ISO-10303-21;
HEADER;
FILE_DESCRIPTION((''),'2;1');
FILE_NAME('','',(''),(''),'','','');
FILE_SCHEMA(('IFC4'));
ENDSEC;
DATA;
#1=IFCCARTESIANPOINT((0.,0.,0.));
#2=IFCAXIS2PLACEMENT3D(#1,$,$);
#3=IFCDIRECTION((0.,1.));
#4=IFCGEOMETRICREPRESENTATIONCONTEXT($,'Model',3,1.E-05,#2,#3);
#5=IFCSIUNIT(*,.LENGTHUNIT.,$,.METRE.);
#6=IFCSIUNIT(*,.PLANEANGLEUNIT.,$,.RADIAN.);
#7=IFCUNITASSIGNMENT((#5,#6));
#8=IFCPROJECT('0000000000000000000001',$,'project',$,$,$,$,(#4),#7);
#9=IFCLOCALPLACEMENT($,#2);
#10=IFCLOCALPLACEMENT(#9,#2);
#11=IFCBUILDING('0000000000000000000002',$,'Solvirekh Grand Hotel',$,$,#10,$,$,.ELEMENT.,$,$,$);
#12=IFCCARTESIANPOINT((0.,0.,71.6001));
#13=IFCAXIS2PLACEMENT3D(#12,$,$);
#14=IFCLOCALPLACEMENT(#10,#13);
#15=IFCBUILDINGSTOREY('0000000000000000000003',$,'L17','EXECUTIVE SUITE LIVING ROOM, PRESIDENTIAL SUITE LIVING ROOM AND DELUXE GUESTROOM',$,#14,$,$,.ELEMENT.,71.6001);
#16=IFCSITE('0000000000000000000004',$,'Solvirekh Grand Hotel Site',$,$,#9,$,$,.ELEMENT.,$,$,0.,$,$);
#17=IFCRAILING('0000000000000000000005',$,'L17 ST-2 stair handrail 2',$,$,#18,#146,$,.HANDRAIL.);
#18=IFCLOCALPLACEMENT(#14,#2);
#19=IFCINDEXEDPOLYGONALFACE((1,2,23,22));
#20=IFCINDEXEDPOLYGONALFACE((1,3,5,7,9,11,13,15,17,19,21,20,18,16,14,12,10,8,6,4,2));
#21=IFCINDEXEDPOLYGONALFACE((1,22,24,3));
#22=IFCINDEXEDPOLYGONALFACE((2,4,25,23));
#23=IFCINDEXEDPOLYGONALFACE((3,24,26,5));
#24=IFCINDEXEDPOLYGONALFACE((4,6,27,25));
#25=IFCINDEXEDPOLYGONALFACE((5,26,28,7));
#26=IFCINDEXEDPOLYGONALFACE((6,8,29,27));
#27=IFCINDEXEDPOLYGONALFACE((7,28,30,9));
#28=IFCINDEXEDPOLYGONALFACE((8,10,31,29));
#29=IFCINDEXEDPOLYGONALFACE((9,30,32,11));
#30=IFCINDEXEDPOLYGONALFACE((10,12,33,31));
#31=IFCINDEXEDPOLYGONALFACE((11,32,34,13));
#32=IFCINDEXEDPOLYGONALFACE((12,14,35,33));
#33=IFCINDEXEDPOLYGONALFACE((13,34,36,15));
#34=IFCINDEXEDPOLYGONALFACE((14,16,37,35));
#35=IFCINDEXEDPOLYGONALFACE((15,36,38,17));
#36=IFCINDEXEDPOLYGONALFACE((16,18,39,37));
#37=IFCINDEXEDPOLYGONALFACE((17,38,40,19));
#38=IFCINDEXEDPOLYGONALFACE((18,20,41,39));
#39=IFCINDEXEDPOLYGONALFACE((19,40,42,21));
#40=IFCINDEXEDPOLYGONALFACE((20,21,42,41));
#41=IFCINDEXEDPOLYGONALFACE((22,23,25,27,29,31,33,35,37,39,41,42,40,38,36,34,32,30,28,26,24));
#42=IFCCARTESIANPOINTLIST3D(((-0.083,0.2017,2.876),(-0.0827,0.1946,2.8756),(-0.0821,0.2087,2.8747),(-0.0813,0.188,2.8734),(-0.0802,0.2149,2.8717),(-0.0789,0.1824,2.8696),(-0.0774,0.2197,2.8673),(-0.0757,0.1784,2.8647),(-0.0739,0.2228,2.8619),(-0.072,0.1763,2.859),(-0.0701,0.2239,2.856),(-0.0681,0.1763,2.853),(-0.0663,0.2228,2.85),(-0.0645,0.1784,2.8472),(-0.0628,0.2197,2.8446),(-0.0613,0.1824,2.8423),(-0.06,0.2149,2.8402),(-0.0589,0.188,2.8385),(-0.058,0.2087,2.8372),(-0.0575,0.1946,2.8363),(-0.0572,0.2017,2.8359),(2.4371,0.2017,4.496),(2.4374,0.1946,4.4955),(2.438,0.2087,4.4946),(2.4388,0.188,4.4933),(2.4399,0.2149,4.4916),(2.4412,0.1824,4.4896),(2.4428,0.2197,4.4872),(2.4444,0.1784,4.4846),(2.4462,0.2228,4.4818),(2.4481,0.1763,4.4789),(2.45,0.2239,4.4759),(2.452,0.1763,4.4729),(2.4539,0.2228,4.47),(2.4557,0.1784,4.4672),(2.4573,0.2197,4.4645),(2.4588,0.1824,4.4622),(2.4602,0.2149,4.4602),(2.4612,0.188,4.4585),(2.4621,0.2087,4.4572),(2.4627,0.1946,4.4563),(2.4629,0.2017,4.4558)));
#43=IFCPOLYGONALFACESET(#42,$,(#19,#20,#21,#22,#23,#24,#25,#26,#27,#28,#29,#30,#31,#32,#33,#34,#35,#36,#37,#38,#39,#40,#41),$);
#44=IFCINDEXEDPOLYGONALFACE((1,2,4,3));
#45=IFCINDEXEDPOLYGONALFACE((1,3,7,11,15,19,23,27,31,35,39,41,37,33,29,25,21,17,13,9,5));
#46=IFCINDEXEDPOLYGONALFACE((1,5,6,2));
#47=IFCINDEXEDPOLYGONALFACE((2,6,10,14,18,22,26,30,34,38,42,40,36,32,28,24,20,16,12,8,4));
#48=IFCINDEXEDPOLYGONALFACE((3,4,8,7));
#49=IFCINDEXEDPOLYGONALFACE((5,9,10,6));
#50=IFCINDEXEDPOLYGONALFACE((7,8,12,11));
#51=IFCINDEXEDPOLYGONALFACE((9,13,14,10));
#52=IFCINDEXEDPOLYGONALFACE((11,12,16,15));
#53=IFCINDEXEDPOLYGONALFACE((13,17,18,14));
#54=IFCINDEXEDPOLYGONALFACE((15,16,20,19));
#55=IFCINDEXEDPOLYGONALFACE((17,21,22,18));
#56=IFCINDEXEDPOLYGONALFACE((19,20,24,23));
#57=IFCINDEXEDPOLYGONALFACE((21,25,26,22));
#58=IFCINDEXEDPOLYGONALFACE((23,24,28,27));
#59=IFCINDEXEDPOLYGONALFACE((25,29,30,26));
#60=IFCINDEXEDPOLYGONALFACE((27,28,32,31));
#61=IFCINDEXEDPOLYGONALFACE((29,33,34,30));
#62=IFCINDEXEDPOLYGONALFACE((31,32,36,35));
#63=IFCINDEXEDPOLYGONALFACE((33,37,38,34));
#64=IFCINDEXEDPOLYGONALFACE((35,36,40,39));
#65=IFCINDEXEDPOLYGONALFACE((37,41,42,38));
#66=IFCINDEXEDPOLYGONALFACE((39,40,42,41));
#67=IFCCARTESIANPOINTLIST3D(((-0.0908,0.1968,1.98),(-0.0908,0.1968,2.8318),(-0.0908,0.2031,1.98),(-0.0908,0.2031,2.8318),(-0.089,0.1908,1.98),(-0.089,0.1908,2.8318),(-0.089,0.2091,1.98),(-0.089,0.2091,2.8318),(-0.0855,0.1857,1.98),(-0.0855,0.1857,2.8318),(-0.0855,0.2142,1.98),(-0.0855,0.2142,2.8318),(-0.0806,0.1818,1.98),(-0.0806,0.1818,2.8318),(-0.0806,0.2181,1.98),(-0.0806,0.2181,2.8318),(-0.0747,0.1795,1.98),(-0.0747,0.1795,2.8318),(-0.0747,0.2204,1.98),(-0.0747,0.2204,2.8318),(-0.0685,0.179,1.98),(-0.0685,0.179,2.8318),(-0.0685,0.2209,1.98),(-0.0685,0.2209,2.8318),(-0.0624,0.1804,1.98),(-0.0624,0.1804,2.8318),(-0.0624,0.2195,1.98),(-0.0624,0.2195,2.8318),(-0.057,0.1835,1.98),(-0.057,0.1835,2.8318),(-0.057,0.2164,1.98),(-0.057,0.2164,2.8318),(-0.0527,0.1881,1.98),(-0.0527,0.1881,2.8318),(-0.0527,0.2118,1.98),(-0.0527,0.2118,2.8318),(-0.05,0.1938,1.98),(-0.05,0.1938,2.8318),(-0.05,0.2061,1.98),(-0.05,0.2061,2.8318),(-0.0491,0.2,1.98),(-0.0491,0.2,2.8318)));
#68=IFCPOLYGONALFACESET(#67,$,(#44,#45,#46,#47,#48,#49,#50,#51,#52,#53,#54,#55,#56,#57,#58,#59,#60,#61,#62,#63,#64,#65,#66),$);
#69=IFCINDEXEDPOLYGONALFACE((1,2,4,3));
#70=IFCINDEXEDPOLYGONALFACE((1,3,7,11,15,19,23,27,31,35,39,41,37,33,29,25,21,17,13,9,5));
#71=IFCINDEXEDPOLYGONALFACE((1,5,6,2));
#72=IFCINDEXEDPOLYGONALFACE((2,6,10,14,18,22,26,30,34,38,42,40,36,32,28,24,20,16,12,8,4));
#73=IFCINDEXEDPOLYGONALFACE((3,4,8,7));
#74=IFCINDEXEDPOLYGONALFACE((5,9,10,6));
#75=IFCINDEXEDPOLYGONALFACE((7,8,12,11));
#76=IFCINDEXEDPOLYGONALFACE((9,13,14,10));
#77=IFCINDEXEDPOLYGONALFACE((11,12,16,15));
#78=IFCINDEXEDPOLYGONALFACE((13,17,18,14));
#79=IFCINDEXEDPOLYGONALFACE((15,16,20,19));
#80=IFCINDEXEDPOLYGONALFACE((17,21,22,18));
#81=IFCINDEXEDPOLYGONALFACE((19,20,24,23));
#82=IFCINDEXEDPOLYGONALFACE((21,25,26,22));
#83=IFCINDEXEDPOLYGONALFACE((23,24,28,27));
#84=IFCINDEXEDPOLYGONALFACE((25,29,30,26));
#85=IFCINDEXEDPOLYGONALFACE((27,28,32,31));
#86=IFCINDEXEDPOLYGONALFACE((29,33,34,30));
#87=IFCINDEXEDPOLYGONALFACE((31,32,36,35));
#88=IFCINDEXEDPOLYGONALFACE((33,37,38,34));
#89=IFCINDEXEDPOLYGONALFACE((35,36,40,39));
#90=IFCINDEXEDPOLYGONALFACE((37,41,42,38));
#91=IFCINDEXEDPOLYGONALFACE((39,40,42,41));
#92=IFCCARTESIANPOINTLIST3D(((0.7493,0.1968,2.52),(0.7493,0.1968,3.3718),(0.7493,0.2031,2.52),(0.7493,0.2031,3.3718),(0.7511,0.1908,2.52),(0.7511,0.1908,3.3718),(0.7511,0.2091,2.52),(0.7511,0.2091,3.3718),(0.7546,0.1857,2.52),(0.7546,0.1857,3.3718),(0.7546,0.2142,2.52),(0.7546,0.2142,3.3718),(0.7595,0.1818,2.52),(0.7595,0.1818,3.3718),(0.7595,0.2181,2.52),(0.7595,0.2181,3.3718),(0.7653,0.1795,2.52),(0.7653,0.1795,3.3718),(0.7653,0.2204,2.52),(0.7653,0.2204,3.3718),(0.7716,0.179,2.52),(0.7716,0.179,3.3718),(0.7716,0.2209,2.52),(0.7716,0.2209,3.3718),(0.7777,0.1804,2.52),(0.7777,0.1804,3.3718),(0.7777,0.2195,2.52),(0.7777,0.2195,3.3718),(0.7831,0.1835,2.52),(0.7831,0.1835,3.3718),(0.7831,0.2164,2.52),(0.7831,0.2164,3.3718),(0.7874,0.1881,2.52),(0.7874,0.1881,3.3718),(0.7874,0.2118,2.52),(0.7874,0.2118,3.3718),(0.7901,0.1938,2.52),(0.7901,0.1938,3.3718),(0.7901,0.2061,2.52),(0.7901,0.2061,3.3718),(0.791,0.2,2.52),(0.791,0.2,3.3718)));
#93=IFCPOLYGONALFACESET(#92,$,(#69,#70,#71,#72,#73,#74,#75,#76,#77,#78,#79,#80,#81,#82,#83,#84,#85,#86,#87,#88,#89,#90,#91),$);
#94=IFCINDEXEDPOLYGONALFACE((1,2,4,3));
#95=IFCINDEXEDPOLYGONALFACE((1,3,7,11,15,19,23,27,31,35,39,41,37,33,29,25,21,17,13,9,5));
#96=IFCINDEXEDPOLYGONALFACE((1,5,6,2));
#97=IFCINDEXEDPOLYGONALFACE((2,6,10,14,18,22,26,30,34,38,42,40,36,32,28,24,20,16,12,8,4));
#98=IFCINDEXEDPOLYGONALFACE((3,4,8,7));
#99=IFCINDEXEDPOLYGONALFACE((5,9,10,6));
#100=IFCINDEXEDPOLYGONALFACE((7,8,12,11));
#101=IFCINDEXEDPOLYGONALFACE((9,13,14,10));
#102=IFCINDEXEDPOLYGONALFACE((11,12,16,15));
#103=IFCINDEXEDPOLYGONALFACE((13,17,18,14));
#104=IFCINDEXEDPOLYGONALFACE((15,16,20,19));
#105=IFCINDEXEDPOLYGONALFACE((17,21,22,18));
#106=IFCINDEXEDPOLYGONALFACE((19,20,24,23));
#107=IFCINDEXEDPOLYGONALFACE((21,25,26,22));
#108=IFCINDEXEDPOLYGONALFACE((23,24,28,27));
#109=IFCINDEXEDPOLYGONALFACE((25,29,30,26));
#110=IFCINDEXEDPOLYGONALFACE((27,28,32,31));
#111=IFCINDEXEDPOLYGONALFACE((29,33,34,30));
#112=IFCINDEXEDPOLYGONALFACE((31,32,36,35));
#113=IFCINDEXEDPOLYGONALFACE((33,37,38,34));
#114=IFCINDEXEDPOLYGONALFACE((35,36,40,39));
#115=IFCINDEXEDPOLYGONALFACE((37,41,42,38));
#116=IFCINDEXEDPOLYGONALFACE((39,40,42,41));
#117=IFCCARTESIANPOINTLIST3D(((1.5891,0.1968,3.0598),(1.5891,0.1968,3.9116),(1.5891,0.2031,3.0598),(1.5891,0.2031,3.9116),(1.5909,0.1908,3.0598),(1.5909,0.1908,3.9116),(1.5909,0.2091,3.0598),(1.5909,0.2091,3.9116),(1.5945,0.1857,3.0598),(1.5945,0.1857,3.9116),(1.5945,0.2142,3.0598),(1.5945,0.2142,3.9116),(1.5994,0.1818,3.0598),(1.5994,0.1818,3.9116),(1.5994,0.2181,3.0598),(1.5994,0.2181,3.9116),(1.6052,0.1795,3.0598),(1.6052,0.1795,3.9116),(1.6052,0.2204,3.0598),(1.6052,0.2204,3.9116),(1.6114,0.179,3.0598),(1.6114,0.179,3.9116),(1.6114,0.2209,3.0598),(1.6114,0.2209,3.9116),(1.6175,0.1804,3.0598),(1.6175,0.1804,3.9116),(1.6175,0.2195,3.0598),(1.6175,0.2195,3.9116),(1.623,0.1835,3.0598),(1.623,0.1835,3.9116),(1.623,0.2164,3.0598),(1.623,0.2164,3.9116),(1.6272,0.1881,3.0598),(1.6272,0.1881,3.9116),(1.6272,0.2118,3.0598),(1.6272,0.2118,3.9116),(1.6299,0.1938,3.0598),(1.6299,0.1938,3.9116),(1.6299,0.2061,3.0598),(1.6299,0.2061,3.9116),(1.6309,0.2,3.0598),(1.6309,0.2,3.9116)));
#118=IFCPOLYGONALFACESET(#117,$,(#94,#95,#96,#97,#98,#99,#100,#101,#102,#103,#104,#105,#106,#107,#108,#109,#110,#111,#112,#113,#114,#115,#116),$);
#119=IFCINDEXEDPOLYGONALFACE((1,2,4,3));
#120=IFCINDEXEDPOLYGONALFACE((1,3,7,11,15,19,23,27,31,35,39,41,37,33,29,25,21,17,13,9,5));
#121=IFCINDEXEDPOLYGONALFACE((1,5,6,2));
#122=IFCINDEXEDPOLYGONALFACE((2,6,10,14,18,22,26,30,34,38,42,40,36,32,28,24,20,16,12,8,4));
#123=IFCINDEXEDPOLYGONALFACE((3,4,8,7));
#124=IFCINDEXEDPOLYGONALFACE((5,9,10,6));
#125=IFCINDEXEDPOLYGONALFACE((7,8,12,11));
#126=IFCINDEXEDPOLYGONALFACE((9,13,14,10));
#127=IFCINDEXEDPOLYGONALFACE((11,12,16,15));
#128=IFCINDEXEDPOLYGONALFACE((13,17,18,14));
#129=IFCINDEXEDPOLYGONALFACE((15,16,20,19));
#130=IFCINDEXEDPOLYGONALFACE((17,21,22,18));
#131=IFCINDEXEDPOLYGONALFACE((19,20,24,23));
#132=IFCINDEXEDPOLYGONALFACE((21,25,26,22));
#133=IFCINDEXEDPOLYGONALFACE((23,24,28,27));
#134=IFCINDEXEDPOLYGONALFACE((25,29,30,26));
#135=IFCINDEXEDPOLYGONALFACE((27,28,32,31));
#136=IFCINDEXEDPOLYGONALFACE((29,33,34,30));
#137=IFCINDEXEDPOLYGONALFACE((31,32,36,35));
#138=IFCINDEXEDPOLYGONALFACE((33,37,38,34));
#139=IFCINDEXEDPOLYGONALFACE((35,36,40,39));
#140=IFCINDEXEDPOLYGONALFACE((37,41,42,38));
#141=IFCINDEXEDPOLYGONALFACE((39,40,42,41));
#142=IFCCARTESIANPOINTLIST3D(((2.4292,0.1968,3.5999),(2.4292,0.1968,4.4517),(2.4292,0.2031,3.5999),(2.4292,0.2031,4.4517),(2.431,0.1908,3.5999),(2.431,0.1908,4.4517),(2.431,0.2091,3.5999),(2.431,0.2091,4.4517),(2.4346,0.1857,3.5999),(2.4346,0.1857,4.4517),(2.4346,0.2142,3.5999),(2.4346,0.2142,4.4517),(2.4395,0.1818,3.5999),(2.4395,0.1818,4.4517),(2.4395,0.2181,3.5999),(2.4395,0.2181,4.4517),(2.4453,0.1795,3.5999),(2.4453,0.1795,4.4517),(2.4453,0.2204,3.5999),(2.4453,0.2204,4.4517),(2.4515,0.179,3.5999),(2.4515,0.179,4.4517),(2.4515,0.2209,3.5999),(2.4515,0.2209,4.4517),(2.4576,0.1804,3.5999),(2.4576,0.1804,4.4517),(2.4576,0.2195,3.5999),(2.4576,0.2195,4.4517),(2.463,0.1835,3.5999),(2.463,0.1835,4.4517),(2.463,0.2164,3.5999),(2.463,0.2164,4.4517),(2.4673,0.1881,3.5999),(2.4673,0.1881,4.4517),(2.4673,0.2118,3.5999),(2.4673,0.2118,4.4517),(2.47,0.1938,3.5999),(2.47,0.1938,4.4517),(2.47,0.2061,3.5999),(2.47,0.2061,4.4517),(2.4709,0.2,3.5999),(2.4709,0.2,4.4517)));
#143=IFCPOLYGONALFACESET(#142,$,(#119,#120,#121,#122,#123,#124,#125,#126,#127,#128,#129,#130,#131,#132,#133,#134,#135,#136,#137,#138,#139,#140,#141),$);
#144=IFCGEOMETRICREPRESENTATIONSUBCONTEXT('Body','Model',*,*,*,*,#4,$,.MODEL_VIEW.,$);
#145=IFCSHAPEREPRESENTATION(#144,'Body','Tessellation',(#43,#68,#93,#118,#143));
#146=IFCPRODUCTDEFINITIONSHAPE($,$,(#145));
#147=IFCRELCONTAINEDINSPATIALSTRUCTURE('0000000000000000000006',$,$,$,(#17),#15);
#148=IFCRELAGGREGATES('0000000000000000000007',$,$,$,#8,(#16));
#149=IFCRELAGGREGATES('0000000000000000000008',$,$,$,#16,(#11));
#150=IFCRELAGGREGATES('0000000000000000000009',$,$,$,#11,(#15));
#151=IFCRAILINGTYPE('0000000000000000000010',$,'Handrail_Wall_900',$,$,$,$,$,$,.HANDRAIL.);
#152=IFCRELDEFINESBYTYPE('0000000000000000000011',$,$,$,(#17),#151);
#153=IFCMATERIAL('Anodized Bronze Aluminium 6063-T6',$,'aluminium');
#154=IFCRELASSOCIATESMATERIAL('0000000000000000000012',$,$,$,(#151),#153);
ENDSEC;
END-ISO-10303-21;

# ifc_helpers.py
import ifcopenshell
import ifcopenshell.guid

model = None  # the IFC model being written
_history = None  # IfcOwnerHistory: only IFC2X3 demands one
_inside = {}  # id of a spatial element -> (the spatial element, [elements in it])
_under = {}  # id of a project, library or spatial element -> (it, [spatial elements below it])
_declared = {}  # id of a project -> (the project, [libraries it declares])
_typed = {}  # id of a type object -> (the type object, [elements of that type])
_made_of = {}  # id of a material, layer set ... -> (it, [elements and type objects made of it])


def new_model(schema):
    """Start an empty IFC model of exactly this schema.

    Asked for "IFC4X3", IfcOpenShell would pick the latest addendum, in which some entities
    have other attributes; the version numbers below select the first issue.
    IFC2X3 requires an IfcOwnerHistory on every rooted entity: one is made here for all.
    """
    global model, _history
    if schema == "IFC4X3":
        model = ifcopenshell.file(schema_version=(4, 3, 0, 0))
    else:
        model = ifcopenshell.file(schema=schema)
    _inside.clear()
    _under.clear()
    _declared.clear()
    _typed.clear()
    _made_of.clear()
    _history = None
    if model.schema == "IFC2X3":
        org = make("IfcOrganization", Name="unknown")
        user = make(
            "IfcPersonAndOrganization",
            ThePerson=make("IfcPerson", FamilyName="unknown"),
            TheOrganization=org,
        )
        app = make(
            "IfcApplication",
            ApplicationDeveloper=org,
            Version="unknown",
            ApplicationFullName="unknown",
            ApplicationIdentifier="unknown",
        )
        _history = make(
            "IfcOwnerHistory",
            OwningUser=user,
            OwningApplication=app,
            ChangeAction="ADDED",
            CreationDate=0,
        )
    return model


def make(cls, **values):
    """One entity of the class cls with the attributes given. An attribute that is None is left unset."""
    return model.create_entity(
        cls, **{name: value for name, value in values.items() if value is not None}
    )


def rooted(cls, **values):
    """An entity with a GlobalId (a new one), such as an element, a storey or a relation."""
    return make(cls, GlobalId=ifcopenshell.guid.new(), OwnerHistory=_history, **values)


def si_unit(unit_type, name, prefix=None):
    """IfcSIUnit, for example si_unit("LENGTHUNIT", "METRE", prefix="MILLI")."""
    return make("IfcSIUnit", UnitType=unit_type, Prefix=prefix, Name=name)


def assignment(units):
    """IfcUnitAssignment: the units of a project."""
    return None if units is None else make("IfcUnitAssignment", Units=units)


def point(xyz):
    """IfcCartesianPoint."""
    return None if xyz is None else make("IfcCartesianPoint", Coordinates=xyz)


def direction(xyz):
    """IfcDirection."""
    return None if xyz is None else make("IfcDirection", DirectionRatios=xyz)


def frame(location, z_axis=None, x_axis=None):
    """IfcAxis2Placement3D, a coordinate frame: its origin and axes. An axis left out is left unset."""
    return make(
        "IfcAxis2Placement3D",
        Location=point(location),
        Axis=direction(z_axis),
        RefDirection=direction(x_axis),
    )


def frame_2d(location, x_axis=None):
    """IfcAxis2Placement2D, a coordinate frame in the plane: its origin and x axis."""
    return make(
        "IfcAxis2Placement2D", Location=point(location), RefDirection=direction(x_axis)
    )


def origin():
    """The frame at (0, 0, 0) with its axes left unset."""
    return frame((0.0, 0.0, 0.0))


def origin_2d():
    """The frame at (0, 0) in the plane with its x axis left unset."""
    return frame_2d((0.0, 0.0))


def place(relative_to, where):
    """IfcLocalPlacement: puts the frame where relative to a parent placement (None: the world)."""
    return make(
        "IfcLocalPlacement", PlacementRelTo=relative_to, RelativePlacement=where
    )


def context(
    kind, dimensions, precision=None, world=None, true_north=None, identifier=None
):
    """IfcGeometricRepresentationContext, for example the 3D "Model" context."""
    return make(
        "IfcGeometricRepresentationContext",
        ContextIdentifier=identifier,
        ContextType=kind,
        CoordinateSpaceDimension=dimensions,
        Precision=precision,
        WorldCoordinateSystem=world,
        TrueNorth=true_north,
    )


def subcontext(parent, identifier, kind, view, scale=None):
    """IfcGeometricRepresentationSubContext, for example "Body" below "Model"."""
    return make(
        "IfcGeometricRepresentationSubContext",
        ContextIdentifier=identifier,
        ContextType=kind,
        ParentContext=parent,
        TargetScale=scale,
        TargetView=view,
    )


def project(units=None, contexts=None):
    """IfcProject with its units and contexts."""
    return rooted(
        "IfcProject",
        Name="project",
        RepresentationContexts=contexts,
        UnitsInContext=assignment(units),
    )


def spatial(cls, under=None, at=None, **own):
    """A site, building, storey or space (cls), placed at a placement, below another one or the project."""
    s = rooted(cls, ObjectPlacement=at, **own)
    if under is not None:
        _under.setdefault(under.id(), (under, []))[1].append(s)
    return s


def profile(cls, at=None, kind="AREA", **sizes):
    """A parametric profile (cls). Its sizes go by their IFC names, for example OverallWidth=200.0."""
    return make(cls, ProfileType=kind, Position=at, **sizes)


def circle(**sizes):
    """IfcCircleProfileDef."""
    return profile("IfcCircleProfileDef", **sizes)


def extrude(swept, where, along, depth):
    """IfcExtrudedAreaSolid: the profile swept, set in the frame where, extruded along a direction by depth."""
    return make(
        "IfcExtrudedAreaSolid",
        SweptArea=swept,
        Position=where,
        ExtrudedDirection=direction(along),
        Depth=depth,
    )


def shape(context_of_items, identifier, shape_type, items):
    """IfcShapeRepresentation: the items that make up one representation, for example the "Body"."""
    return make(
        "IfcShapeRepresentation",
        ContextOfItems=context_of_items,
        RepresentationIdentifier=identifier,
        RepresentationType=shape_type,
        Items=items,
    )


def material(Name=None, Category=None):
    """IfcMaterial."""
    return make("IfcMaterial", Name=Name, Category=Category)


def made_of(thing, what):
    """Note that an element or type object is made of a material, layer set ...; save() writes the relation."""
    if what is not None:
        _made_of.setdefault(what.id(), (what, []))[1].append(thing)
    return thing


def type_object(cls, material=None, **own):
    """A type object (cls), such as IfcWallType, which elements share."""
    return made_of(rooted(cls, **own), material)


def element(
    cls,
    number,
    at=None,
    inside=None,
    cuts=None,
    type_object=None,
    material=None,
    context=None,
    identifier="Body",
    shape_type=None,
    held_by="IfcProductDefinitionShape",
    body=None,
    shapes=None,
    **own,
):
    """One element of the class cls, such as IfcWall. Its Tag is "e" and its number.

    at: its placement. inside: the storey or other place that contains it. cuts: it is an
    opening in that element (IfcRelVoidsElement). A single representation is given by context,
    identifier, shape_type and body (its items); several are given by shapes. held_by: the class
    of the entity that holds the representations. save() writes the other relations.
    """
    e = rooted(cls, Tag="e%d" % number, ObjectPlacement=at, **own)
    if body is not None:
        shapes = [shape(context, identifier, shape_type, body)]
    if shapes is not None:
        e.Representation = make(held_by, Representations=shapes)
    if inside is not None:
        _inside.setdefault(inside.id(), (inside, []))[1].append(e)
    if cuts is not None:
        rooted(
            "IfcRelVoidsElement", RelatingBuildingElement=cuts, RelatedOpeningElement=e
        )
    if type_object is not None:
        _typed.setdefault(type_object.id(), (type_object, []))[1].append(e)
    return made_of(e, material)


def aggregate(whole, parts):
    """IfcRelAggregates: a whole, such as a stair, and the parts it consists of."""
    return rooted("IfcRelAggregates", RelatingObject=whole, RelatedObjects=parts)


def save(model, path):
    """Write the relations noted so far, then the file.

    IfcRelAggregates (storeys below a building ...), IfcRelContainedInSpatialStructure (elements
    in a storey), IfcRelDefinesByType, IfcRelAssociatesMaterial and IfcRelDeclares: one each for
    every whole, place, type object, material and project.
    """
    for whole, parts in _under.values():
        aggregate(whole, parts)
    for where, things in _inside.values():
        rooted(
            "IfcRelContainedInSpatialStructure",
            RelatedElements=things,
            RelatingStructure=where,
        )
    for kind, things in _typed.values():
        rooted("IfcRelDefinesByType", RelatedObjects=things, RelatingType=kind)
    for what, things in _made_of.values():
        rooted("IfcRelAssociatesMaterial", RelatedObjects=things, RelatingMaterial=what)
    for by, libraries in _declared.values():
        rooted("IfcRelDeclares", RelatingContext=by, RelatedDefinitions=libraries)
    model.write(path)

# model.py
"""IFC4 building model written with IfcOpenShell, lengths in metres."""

from ifc_helpers import new_model, si_unit, direction, frame, origin, origin_2d, place, context, subcontext, project, spatial, circle, extrude, material, type_object, element, save


model = new_model("IFC4")

# Units and contexts
model_context = context("Model", 3, precision=1e-05, world=origin(), true_north=direction((0.0, 1.0)))
body_context = subcontext(model_context, "Body", "Model", "MODEL_VIEW")
ifc_project = project(units=[si_unit("LENGTHUNIT", "METRE"), si_unit("PLANEANGLEUNIT", "RADIAN")], contexts=[model_context])

# Site, building, storey
site_placement = place(None, origin())
site = spatial("IfcSite", under=ifc_project, at=site_placement, Name="Solvirekh Grand Hotel Site", CompositionType="ELEMENT", RefElevation=0.0)
building_placement = place(site_placement, origin())
building = spatial("IfcBuilding", under=site, at=building_placement, Name="Solvirekh Grand Hotel", CompositionType="ELEMENT")
storey_placement = place(building_placement, frame((0.0, 0.0, 71.6001)))
storey = spatial("IfcBuildingStorey", under=building, at=storey_placement, Name="L17", Description="EXECUTIVE SUITE LIVING ROOM, PRESIDENTIAL SUITE LIVING ROOM AND DELUXE GUESTROOM", CompositionType="ELEMENT", Elevation=71.6001)

# Railing
ifc_material_1 = material(Name="Anodized Bronze Aluminium 6063-T6", Category="aluminium")
railing_type_1 = type_object("IfcRailingType", Name="Handrail_Wall_900", PredefinedType="HANDRAIL", material=ifc_material_1)
railing_1_placement = place(storey_placement, frame((-0.0701, 0.2, 1.98)))
element("IfcRailing", 1, at=railing_1_placement, inside=storey, type_object=railing_type_1, Name="L17 ST-2 stair handrail 2", PredefinedType="HANDRAIL", context=body_context, shape_type="SweptSolid", body=[
    extrude(circle(Radius=0.0239, at=origin_2d()), frame((0.0, 0.0, 0.876), z_axis=(0.8412, 0.0, 0.540725), x_axis=(0.0, 1.0, 0.0)), (0.0, 0.0, 1.0), 2.9958),
    extrude(circle(Radius=0.021, at=origin_2d()), origin(), (0.0, 0.0, 1.0), 0.8518),
    extrude(circle(Radius=0.021, at=origin_2d()), frame((0.8401, 0.0, 0.54)), (0.0, 0.0, 1.0), 0.8518),
    extrude(circle(Radius=0.021, at=origin_2d()), frame((1.6799, 0.0, 1.0798)), (0.0, 0.0, 1.0), 0.8518),
    extrude(circle(Radius=0.021, at=origin_2d()), frame((2.52, 0.0, 1.6199)), (0.0, 0.0, 1.0), 0.8518),
])

save(model, "model.ifc")
